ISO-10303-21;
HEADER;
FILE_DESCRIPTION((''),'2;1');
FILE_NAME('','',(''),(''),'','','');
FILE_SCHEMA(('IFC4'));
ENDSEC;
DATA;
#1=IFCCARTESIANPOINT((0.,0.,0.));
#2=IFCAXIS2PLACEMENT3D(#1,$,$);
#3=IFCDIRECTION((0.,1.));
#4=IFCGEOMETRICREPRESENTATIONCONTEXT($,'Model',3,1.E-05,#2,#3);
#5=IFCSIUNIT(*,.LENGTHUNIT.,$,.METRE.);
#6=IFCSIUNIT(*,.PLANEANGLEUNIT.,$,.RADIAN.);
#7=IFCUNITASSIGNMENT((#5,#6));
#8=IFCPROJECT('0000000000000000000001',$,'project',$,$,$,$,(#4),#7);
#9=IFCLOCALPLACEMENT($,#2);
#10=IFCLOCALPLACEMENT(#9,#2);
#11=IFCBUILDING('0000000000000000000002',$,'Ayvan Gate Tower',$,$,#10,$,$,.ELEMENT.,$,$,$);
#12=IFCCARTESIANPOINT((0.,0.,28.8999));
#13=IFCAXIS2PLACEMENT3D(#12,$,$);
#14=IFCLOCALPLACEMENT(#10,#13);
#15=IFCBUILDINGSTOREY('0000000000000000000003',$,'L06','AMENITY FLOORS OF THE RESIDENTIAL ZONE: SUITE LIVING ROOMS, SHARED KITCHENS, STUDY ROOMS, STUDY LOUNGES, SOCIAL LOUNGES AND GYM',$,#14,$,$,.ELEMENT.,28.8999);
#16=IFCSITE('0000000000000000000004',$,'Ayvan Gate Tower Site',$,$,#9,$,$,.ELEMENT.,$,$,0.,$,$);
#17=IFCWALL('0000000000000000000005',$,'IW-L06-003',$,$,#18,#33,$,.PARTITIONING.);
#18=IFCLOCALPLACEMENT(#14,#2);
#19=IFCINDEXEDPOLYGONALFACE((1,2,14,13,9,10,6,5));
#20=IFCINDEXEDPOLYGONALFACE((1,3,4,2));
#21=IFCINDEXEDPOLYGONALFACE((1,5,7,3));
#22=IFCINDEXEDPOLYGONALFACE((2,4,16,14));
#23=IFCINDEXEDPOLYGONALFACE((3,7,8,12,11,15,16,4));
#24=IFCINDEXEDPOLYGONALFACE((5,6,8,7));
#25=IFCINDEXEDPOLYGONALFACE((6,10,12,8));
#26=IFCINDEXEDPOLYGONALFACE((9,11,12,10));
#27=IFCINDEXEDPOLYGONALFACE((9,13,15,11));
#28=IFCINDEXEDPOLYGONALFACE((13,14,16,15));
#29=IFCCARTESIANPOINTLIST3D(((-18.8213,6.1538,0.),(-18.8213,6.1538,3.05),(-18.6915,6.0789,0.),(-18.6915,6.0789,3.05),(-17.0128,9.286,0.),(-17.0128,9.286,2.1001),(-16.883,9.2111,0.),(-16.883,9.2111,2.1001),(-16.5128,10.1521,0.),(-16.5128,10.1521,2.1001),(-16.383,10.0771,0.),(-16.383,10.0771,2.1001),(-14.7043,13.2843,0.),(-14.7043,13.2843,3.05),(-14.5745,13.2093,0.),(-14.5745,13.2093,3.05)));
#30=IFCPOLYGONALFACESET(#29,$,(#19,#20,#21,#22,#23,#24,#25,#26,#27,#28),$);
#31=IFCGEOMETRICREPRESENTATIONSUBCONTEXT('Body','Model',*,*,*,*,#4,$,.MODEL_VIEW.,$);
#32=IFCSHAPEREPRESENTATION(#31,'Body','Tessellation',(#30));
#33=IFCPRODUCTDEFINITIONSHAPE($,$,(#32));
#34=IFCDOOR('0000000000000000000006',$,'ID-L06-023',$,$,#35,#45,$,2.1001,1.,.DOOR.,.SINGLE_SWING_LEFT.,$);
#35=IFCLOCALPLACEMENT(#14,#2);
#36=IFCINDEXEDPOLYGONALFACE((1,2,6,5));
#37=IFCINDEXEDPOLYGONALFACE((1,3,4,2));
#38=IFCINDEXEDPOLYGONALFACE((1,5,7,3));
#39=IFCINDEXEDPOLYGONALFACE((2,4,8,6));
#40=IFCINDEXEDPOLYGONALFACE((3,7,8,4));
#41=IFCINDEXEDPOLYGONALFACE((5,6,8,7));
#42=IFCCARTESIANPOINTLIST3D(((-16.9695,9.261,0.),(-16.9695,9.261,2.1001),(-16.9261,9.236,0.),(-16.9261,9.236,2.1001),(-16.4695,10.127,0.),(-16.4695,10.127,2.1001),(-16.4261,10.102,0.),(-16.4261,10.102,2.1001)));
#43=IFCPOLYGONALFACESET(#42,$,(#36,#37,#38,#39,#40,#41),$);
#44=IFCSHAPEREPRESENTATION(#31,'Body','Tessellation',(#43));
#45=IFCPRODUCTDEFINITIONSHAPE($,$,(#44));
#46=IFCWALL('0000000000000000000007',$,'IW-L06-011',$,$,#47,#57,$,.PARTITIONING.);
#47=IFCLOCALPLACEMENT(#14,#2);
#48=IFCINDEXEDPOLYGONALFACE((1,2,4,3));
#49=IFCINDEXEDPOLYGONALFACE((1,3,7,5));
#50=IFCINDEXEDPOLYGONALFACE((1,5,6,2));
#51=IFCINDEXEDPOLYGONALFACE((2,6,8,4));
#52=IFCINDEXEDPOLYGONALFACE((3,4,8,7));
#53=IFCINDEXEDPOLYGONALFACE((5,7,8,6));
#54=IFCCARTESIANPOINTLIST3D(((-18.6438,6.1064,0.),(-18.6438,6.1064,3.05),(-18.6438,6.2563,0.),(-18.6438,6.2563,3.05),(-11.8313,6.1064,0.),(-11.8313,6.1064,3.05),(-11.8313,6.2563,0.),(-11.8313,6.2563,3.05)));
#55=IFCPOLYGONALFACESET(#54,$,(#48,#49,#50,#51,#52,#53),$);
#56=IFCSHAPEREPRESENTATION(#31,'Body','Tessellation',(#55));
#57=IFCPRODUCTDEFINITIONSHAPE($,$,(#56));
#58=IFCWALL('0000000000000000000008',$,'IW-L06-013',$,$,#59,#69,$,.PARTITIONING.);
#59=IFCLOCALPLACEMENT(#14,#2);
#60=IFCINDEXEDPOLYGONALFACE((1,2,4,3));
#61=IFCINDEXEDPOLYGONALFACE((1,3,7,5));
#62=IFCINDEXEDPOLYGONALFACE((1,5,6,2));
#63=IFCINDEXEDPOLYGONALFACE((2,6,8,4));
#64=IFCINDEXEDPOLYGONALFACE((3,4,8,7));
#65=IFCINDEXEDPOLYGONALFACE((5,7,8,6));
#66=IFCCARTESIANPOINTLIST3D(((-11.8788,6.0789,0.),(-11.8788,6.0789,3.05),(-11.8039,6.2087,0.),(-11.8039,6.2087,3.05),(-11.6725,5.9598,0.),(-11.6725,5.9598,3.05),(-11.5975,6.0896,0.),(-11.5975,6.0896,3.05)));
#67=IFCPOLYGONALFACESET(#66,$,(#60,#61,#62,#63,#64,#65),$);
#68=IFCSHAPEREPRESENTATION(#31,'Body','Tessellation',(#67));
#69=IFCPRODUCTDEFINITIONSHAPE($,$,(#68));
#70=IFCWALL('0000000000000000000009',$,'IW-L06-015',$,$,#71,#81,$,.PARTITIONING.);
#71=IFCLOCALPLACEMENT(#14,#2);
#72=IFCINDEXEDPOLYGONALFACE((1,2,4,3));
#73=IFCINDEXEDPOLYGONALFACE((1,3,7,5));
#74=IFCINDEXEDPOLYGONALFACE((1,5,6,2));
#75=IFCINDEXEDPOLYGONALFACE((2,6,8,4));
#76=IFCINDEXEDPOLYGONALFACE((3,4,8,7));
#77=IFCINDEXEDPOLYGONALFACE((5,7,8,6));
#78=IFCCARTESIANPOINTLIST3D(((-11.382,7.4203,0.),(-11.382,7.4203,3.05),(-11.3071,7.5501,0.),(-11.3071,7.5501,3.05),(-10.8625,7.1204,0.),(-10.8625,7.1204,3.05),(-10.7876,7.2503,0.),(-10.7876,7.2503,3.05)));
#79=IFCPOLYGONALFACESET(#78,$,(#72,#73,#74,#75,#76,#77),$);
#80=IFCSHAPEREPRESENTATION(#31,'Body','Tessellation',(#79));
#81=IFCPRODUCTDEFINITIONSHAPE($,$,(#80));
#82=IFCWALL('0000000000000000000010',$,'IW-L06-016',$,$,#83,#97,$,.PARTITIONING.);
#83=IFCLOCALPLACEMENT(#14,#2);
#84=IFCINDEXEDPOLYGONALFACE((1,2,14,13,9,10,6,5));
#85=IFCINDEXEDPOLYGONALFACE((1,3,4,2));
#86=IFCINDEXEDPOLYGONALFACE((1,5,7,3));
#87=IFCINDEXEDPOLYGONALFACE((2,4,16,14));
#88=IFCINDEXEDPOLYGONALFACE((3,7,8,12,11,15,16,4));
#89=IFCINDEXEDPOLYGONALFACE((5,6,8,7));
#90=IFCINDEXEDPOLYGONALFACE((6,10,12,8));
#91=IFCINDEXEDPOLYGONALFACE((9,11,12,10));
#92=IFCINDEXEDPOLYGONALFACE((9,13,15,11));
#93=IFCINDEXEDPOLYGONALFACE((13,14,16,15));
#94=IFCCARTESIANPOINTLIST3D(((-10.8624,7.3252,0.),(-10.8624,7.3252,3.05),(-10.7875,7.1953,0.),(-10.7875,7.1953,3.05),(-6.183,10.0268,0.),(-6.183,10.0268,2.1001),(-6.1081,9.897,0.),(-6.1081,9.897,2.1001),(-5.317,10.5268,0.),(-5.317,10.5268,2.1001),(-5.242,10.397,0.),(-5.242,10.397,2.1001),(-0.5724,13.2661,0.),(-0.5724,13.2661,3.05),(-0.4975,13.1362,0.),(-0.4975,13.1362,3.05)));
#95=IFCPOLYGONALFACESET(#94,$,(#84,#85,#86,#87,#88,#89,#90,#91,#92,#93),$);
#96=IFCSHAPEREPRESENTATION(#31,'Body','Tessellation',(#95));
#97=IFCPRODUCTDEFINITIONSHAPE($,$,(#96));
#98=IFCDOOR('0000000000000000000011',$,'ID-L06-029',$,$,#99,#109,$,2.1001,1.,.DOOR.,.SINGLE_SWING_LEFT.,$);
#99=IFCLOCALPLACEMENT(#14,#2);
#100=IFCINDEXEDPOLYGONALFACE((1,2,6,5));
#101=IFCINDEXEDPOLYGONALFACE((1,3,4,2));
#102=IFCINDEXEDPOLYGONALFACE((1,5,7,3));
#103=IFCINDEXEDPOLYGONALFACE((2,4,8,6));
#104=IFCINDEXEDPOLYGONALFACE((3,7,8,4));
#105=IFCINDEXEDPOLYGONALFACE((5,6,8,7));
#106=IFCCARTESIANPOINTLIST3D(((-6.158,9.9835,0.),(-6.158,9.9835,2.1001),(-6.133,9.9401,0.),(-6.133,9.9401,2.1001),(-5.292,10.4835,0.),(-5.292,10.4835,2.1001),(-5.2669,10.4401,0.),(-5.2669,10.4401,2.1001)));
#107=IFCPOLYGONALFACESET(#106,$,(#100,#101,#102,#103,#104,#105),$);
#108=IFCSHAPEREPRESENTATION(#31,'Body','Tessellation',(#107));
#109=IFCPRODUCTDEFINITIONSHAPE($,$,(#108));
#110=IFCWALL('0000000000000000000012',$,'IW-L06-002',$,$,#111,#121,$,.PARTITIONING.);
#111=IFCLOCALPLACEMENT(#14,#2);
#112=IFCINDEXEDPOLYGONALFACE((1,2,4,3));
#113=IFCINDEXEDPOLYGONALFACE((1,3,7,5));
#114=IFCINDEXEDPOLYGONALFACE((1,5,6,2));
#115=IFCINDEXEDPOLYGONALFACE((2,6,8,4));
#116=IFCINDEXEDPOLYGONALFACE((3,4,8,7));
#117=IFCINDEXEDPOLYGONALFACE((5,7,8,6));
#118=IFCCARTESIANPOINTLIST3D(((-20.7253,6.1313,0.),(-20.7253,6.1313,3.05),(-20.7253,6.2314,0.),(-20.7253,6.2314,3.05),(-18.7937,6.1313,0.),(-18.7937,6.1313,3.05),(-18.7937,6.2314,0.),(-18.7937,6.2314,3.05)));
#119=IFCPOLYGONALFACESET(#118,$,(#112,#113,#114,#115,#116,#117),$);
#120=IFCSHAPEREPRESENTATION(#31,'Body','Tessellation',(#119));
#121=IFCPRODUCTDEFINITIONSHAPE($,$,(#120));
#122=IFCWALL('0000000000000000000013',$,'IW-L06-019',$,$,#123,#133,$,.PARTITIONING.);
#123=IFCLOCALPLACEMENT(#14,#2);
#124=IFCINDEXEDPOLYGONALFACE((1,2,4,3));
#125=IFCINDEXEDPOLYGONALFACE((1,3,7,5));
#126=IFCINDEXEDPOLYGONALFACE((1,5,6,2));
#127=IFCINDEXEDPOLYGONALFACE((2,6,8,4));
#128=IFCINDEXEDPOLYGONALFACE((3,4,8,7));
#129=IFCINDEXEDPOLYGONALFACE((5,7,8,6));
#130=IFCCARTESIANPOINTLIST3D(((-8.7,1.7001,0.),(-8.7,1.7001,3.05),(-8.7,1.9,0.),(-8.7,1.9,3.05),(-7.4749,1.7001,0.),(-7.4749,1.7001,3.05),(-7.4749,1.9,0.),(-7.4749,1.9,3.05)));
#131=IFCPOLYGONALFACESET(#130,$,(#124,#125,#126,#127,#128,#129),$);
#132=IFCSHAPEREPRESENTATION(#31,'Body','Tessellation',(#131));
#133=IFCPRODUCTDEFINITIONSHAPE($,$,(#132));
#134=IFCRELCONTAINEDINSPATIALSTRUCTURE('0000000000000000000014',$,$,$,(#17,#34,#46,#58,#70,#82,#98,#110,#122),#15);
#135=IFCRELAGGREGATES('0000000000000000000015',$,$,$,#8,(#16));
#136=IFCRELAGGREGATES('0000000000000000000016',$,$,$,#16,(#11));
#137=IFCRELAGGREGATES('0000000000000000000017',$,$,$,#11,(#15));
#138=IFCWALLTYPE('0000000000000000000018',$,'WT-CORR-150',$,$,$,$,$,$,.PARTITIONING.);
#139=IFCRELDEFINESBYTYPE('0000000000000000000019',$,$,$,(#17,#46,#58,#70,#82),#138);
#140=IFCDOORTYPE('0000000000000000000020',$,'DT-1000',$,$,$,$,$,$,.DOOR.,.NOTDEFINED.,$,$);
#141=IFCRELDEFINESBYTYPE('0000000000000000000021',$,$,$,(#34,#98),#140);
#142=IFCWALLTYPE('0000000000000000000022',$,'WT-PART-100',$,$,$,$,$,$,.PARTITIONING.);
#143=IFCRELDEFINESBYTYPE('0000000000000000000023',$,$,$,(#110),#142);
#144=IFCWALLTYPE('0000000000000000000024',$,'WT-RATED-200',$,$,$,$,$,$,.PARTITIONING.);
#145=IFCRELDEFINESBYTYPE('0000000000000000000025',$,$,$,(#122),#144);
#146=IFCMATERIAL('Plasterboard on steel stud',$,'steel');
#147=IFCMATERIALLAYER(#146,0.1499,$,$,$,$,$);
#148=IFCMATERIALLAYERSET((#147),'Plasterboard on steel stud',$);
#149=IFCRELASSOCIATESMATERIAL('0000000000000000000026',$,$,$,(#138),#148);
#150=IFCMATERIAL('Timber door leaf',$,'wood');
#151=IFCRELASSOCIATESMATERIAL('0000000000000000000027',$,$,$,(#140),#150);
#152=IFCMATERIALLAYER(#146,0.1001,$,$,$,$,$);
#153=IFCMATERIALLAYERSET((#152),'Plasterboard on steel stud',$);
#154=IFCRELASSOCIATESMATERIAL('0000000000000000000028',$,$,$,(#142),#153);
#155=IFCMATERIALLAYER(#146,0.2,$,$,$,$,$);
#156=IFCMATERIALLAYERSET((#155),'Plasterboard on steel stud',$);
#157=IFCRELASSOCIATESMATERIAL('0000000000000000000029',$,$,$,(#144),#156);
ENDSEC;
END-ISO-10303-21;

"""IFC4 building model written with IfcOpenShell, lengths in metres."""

from ifc_helpers import new_model, si_unit, direction, frame, frame_2d, origin, place, context, subcontext, project, spatial, rectangle, extrude, material, layer, layer_set, type_object, element, fill, save


model = new_model("IFC4")

# Units and contexts
model_context = context("Model", 3, precision=1e-05, world=origin(), true_north=direction((0.0, 1.0)))
body_context = subcontext(model_context, "Body", "Model", "MODEL_VIEW")
ifc_project = project(units=[si_unit("LENGTHUNIT", "METRE"), si_unit("PLANEANGLEUNIT", "RADIAN")], contexts=[model_context])

# Site, building, storey
site_placement = place(None, origin())
site = spatial("IfcSite", under=ifc_project, at=site_placement, Name="Ayvan Gate Tower Site", CompositionType="ELEMENT", RefElevation=0.0)
building_placement = place(site_placement, origin())
building = spatial("IfcBuilding", under=site, at=building_placement, Name="Ayvan Gate Tower", CompositionType="ELEMENT")
storey_placement = place(building_placement, frame((0.0, 0.0, 28.8999)))
storey = spatial("IfcBuildingStorey", under=building, at=storey_placement, Name="L06", Description="AMENITY FLOORS OF THE RESIDENTIAL ZONE: SUITE LIVING ROOMS, SHARED KITCHENS, STUDY ROOMS, STUDY LOUNGES, SOCIAL LOUNGES AND GYM", CompositionType="ELEMENT", Elevation=28.8999)

# Wall, opening, door
ifc_material_1 = material(Name="Timber door leaf", Category="wood")
ifc_material_2 = material(Name="Plasterboard on steel stud", Category="steel")
ifc_layer_1 = layer(ifc_material_2, 0.1499)
ifc_layer_set_1 = layer_set([ifc_layer_1], Name="Plasterboard on steel stud")
wall_type_1 = type_object("IfcWallType", Name="WT-CORR-150", PredefinedType="PARTITIONING", material=ifc_layer_set_1)
wall_1_placement = place(storey_placement, frame((-18.7563, 6.1165, 0.0), z_axis=(0.0, 0.0, 1.0), x_axis=(0.50002, 0.866014, 0.0)))
wall_1 = element("IfcWall", 1, at=wall_1_placement, inside=storey, type_object=wall_type_1, Name="IW-L06-003", PredefinedType="PARTITIONING", context=body_context, shape_type="SweptSolid", body=[
    extrude(rectangle(XDim=8.2336, YDim=0.1499, at=frame_2d((4.1167, 0.0))), origin(), (0.0, 0.0, 1.0), 3.05),
])
opening_1_placement = place(wall_1_placement, frame((3.6167, 0.0, 0.0)))
opening_1 = element("IfcOpeningElement", 2, at=opening_1_placement, cuts=wall_1, PredefinedType="OPENING", context=body_context, shape_type="SweptSolid", body=[
    extrude(rectangle(XDim=1.0, YDim=2.1001, at=frame_2d((0.5, 1.05))), frame((0.0, 0.085, 0.0), z_axis=(0.0, -1.0, 0.0), x_axis=(1.0, 0.0, 0.0)), (0.0, 0.0, 1.0), 0.1699),
])
door_type_1 = type_object("IfcDoorType", Name="DT-1000", OperationType="NOTDEFINED", PredefinedType="DOOR", material=ifc_material_1)
door_1_placement = place(opening_1_placement, origin())
door_1 = element("IfcDoor", 3, at=door_1_placement, inside=storey, type_object=door_type_1, Name="ID-L06-023", OperationType="SINGLE_SWING_LEFT", OverallHeight=2.1001, OverallWidth=1.0, PredefinedType="DOOR", context=body_context, shape_type="SweptSolid", body=[
    extrude(rectangle(XDim=1.0, YDim=2.1001, at=frame_2d((0.5, 1.05))), frame((0.0, 0.0249, 0.0), z_axis=(0.0, -1.0, 0.0), x_axis=(1.0, 0.0, 0.0)), (0.0, 0.0, 1.0), 0.05),
])
fill(opening_1, door_1)

# Walls
wall_2_placement = place(storey_placement, frame((-11.8313, 6.1814, 0.0), z_axis=(0.0, 0.0, 1.0), x_axis=(-1.0, 0.0, 0.0)))
element("IfcWall", 4, at=wall_2_placement, inside=storey, type_object=wall_type_1, Name="IW-L06-011", PredefinedType="PARTITIONING", context=body_context, shape_type="SweptSolid", body=[
    extrude(rectangle(XDim=6.8125, YDim=0.1499, at=frame_2d((3.4062, 0.0))), origin(), (0.0, 0.0, 1.0), 3.05),
])
wall_3_placement = place(storey_placement, frame((-11.635, 6.0247, 0.0), z_axis=(0.0, 0.0, 1.0), x_axis=(-0.865964, 0.500107, 0.0)))
element("IfcWall", 5, at=wall_3_placement, inside=storey, type_object=wall_type_1, Name="IW-L06-013", PredefinedType="PARTITIONING", context=body_context, shape_type="SweptSolid", body=[
    extrude(rectangle(XDim=0.2383, YDim=0.1499, at=frame_2d((0.1191, 0.0))), origin(), (0.0, 0.0, 1.0), 3.05),
])
wall_4_placement = place(storey_placement, frame((-11.3445, 7.4851, 0.0), z_axis=(0.0, 0.0, 1.0), x_axis=(0.866131, -0.499816, 0.0)))
element("IfcWall", 6, at=wall_4_placement, inside=storey, type_object=wall_type_1, Name="IW-L06-015", PredefinedType="PARTITIONING", context=body_context, shape_type="SweptSolid", body=[
    extrude(rectangle(XDim=0.5999, YDim=0.1499, at=frame_2d((0.2998, 0.0))), origin(), (0.0, 0.0, 1.0), 3.05),
])

# Wall, opening, door
wall_5_placement = place(storey_placement, frame((-10.825, 7.2603, 0.0), z_axis=(0.0, 0.0, 1.0), x_axis=(0.866027, 0.499998, 0.0)))
wall_5 = element("IfcWall", 7, at=wall_5_placement, inside=storey, type_object=wall_type_1, Name="IW-L06-016", PredefinedType="PARTITIONING", context=body_context, shape_type="SweptSolid", body=[
    extrude(rectangle(XDim=11.8818, YDim=0.1499, at=frame_2d((5.9409, 0.0))), origin(), (0.0, 0.0, 1.0), 3.05),
])
opening_2_placement = place(wall_5_placement, frame((5.4033, 0.0, 0.0)))
opening_2 = element("IfcOpeningElement", 8, at=opening_2_placement, cuts=wall_5, PredefinedType="OPENING", context=body_context, shape_type="SweptSolid", body=[
    extrude(rectangle(XDim=1.0, YDim=2.1001, at=frame_2d((0.5, 1.05))), frame((0.0, 0.085, 0.0), z_axis=(0.0, -1.0, 0.0), x_axis=(1.0, 0.0, 0.0)), (0.0, 0.0, 1.0), 0.1699),
])
door_2_placement = place(opening_2_placement, origin())
door_2 = element("IfcDoor", 9, at=door_2_placement, inside=storey, type_object=door_type_1, Name="ID-L06-029", OperationType="SINGLE_SWING_LEFT", OverallHeight=2.1001, OverallWidth=1.0, PredefinedType="DOOR", context=body_context, shape_type="SweptSolid", body=[
    extrude(rectangle(XDim=1.0, YDim=2.1001, at=frame_2d((0.5, 1.05))), frame((0.0, 0.0249, 0.0), z_axis=(0.0, -1.0, 0.0), x_axis=(1.0, 0.0, 0.0)), (0.0, 0.0, 1.0), 0.05),
])
fill(opening_2, door_2)

# Walls
ifc_layer_2 = layer(ifc_material_2, 0.1001)
ifc_layer_set_2 = layer_set([ifc_layer_2], Name="Plasterboard on steel stud")
wall_type_2 = type_object("IfcWallType", Name="WT-PART-100", PredefinedType="PARTITIONING", material=ifc_layer_set_2)
wall_6_placement = place(storey_placement, frame((-18.7937, 6.1814, 0.0), z_axis=(0.0, 0.0, 1.0), x_axis=(-1.0, 0.0, 0.0)))
element("IfcWall", 10, at=wall_6_placement, inside=storey, type_object=wall_type_2, Name="IW-L06-002", PredefinedType="PARTITIONING", context=body_context, shape_type="SweptSolid", body=[
    extrude(rectangle(XDim=1.9316, YDim=0.1001, at=frame_2d((0.9658, 0.0))), origin(), (0.0, 0.0, 1.0), 3.05),
])
ifc_layer_3 = layer(ifc_material_2, 0.2)
ifc_layer_set_3 = layer_set([ifc_layer_3], Name="Plasterboard on steel stud")
wall_type_3 = type_object("IfcWallType", Name="WT-RATED-200", PredefinedType="PARTITIONING", material=ifc_layer_set_3)
wall_7_placement = place(storey_placement, frame((-8.7, 1.8, 0.0), z_axis=(0.0, 0.0, 1.0), x_axis=(1.0, 0.0, 0.0)))
element("IfcWall", 11, at=wall_7_placement, inside=storey, type_object=wall_type_3, Name="IW-L06-019", PredefinedType="PARTITIONING", context=body_context, shape_type="SweptSolid", body=[
    extrude(rectangle(XDim=1.2251, YDim=0.2, at=frame_2d((0.6125, 0.0))), origin(), (0.0, 0.0, 1.0), 3.05),
])

save(model, "model.ifc")
